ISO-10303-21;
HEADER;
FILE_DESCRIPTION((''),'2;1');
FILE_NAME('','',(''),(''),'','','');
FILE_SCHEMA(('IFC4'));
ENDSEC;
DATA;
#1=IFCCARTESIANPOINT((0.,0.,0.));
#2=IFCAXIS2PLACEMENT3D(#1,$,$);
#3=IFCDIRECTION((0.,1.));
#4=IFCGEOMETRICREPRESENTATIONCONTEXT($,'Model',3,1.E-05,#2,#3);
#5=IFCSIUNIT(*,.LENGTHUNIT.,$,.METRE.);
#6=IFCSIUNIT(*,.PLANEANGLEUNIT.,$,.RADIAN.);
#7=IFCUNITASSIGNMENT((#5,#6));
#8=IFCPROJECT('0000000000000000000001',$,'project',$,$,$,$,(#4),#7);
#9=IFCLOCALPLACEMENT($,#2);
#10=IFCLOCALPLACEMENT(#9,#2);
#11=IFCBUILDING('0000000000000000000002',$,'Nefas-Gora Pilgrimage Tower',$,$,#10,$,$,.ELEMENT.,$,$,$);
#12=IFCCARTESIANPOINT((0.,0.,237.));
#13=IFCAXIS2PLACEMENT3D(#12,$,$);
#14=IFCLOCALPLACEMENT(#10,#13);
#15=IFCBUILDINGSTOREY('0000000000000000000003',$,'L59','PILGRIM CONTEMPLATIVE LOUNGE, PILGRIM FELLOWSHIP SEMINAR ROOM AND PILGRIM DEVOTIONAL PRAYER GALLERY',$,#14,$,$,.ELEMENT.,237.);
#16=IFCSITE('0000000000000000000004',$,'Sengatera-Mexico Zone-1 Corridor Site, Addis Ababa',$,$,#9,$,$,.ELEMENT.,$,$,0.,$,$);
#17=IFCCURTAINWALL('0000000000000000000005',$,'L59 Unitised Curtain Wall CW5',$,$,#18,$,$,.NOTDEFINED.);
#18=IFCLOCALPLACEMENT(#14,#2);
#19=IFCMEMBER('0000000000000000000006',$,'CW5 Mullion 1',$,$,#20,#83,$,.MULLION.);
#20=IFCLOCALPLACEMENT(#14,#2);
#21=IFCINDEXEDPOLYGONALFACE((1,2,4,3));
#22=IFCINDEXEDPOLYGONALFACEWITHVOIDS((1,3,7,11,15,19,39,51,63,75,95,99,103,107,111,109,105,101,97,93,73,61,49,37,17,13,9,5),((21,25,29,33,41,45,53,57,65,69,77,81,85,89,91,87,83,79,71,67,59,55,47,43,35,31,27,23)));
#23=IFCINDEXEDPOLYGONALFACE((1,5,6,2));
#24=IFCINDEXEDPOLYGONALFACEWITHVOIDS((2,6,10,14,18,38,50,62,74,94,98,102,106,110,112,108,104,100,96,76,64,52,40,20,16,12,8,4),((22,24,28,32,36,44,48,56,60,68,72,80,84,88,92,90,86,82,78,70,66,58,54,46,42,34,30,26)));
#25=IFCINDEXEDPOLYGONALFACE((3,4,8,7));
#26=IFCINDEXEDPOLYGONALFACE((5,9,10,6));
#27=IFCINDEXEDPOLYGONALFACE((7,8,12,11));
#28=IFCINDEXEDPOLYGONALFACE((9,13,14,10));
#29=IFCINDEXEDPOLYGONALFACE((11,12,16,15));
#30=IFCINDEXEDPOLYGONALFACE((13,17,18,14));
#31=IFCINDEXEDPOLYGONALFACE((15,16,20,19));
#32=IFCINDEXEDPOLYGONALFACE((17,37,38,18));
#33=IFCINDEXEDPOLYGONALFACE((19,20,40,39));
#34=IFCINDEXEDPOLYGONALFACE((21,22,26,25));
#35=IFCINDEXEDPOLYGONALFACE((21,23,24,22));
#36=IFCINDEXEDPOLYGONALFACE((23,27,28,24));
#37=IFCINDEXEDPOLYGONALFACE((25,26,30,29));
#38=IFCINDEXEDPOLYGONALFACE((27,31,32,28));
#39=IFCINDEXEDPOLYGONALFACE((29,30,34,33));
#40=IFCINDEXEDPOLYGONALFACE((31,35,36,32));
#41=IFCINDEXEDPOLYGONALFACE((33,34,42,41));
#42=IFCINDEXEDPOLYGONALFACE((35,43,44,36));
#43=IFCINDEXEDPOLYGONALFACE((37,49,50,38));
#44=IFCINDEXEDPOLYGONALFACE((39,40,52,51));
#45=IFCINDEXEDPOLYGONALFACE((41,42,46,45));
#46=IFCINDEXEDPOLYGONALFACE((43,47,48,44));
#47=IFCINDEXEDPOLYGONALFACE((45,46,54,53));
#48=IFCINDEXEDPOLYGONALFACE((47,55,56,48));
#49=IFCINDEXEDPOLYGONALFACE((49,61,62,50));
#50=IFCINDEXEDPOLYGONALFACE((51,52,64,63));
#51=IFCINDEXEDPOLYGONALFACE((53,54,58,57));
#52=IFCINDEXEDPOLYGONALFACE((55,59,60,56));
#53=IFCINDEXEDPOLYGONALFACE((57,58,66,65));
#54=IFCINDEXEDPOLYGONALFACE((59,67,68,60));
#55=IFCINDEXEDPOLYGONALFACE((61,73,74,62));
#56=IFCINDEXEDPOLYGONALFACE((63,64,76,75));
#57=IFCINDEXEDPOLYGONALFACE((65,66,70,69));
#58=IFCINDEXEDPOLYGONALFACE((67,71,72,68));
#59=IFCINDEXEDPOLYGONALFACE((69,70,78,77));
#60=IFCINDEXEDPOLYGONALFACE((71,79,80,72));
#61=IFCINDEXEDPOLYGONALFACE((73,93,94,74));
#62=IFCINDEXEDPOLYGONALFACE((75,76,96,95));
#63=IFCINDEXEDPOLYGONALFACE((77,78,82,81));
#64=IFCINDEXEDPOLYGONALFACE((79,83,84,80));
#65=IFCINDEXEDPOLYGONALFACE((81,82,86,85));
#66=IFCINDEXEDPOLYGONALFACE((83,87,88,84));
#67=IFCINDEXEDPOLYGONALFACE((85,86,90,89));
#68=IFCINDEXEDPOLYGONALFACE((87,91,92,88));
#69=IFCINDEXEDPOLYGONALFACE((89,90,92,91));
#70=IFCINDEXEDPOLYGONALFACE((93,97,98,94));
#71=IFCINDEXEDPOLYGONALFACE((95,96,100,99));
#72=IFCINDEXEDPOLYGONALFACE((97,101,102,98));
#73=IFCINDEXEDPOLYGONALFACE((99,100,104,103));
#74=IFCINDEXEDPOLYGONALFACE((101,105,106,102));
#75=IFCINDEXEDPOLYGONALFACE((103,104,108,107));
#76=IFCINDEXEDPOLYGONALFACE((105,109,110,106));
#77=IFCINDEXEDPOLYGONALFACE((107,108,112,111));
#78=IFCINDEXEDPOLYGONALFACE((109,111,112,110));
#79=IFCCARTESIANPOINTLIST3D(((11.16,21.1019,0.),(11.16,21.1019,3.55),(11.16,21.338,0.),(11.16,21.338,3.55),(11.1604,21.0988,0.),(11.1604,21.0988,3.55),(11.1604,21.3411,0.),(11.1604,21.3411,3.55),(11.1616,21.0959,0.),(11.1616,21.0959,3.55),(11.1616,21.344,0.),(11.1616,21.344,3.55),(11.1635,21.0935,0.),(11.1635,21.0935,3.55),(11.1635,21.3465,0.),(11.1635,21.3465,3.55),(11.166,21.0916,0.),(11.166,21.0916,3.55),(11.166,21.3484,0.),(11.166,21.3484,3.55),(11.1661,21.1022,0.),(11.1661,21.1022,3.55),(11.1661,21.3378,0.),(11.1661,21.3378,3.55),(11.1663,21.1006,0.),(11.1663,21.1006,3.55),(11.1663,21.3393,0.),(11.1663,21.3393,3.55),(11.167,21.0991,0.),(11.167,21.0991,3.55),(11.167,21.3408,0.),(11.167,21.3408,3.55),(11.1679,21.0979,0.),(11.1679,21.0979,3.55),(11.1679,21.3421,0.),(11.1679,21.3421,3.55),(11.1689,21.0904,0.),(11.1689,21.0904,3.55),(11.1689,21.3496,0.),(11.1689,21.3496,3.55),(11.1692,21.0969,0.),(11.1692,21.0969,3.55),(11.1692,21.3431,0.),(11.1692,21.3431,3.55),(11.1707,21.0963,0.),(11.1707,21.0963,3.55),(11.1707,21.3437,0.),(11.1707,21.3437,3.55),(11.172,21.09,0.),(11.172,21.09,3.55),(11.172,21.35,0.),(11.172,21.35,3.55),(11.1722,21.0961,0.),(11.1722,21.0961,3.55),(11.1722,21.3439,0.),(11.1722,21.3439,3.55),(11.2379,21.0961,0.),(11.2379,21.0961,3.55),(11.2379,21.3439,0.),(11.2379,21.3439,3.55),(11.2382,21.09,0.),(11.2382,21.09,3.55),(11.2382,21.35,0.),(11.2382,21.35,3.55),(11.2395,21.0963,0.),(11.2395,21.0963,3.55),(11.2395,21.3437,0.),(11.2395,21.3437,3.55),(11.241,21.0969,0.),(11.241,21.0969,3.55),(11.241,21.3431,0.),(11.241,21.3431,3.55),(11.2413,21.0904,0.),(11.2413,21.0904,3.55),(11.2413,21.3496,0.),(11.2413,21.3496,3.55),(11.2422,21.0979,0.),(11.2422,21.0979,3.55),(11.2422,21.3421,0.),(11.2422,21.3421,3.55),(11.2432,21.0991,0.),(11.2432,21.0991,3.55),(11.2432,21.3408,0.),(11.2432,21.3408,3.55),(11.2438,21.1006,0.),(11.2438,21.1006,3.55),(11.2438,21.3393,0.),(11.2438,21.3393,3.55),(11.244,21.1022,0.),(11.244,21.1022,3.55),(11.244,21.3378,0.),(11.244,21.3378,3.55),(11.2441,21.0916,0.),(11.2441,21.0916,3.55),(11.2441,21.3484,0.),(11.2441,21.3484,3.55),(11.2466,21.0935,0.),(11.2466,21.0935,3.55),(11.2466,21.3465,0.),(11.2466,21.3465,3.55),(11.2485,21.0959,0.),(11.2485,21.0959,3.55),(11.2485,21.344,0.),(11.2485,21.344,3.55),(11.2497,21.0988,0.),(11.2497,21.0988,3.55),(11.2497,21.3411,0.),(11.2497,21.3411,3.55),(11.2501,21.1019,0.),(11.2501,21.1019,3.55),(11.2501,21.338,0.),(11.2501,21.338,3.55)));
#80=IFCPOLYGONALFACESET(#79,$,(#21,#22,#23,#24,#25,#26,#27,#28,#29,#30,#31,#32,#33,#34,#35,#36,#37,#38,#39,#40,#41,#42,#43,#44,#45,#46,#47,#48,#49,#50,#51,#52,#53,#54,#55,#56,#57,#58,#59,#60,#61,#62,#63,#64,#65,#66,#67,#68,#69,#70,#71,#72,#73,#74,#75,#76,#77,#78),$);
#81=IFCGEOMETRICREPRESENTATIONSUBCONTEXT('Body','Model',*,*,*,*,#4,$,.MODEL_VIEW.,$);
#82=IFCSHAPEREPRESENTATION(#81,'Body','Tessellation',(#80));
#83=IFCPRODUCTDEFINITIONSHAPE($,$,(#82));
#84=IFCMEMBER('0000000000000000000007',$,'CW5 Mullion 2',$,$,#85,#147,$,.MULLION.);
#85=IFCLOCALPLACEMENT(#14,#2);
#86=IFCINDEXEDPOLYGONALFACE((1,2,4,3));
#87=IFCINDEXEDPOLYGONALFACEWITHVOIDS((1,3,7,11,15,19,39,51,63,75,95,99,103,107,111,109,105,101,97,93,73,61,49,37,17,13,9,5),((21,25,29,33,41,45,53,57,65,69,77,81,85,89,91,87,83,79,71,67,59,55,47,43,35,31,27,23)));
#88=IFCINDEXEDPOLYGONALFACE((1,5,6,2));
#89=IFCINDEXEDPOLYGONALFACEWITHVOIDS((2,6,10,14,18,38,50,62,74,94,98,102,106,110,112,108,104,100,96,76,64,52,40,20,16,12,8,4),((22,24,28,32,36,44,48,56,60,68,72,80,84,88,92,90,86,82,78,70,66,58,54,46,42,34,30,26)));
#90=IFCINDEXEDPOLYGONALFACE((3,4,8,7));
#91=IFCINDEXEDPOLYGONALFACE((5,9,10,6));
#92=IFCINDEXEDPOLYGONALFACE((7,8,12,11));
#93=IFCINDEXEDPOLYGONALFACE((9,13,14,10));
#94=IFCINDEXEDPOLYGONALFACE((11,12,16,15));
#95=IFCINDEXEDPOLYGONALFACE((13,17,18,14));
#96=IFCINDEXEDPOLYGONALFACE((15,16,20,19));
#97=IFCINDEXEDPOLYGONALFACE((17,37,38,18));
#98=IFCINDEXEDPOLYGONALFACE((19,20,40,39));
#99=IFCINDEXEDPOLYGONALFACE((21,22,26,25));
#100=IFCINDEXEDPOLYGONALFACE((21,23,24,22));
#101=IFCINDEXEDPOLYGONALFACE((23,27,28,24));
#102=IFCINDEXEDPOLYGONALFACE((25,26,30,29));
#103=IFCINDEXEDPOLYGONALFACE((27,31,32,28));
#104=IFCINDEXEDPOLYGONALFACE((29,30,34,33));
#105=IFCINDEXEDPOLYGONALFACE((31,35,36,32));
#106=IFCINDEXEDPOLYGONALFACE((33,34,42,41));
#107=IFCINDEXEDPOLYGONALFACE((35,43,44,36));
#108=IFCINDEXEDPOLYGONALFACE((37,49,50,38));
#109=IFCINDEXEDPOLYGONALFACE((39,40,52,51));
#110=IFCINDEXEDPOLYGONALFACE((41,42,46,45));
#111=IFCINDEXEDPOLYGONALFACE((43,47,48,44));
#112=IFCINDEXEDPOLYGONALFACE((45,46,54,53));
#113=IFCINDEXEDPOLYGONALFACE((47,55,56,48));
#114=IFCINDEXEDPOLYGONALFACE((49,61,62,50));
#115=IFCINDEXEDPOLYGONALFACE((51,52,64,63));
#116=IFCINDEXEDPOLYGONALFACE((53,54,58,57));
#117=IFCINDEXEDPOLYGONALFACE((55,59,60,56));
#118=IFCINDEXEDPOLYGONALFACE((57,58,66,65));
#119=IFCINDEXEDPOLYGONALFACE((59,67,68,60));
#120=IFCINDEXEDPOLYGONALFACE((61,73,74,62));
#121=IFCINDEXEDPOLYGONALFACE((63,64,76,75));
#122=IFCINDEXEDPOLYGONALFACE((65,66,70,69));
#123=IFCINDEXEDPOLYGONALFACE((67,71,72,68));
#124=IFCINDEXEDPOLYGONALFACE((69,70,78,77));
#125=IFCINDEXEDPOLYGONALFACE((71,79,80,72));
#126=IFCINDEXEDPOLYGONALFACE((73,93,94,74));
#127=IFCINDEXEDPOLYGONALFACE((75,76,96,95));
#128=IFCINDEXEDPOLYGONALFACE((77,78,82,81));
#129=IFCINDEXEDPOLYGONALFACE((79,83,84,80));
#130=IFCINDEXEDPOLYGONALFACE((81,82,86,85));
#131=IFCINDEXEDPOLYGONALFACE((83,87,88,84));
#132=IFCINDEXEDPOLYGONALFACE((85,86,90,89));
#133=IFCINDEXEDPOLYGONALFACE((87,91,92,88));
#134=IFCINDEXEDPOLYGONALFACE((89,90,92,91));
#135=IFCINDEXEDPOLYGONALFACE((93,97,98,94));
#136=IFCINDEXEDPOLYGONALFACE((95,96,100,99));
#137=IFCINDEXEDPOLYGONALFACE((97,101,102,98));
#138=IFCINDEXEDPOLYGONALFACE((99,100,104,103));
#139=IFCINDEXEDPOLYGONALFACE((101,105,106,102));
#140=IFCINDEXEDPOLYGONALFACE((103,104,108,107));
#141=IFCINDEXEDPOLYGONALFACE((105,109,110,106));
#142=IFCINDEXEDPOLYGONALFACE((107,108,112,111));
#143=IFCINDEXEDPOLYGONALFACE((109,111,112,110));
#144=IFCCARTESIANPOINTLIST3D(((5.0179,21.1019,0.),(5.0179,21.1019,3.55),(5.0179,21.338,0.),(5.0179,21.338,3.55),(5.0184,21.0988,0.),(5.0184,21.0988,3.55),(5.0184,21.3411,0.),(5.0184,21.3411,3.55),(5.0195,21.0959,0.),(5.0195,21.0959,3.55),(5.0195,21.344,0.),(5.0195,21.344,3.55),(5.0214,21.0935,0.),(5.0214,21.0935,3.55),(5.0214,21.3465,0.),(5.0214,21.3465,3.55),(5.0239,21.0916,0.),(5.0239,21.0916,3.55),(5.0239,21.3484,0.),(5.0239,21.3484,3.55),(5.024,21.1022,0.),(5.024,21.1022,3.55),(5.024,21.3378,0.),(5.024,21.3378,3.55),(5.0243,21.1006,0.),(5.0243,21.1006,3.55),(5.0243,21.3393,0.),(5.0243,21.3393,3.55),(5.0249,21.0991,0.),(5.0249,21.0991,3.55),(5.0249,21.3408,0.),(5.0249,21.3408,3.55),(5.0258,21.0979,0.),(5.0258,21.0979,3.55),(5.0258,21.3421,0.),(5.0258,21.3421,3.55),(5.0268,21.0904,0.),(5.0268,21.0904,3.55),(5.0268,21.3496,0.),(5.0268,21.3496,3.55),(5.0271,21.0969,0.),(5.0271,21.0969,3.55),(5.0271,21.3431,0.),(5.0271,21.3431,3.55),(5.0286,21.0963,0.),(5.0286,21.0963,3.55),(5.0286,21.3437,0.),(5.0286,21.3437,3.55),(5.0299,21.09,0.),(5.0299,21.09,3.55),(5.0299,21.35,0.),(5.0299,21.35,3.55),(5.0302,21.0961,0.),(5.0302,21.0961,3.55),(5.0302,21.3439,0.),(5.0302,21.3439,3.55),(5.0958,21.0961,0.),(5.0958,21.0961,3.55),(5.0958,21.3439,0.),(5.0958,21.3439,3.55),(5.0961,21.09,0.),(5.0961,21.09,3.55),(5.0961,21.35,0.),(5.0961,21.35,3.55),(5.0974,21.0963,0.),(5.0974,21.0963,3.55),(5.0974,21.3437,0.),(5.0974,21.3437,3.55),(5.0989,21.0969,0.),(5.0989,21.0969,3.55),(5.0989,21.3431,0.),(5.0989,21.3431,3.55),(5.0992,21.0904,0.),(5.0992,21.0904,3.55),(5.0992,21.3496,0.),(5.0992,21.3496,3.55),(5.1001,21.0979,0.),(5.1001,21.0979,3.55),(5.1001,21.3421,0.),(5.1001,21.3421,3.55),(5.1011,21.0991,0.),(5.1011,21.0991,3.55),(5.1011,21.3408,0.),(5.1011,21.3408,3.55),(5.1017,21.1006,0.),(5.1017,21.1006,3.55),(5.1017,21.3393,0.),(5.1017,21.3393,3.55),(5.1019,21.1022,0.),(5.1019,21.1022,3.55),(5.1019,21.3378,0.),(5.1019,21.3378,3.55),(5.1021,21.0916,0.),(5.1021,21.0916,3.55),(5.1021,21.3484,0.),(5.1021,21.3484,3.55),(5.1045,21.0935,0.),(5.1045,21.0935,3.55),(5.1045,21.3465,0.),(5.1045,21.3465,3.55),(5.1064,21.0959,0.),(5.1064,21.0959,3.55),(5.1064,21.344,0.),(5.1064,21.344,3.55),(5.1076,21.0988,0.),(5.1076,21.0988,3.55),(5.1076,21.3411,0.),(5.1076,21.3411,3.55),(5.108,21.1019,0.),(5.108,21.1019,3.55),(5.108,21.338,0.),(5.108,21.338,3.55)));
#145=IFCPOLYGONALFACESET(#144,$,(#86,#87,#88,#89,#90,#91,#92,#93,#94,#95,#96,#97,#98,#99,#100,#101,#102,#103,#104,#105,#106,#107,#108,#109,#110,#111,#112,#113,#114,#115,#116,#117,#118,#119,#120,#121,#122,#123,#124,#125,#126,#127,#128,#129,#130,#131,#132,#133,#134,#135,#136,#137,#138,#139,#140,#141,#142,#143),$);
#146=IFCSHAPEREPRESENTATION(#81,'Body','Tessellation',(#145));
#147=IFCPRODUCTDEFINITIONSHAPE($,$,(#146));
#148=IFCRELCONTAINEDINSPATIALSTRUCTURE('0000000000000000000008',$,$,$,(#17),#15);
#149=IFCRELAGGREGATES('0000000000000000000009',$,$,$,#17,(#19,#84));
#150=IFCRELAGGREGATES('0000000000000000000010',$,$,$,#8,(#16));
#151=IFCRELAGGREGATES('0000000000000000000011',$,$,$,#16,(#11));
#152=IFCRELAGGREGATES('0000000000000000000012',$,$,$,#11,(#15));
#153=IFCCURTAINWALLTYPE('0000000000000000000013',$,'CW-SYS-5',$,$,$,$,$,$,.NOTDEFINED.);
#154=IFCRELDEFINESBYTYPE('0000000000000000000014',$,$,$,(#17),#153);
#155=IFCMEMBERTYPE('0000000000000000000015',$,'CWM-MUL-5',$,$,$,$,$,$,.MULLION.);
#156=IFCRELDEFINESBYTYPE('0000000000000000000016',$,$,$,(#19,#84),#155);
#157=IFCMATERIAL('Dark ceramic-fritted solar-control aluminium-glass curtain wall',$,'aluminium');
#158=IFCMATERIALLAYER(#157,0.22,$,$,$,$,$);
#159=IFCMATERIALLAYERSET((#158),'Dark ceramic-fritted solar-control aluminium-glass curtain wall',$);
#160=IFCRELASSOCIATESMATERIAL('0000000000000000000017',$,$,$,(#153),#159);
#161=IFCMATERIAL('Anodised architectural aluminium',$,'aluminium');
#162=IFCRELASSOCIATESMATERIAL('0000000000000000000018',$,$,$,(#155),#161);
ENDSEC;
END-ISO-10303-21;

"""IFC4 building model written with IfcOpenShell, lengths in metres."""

from ifc_helpers import new_model, si_unit, direction, frame, origin, origin_2d, place, context, subcontext, project, spatial, hollow_rectangle, extrude, source, transform, mapped, material, layer, layer_set, material_profile, profile_set, type_object, element, aggregate, save


model = new_model("IFC4")

# Units and contexts
model_context = context("Model", 3, precision=1e-05, world=origin(), true_north=direction((0.0, 1.0)))
body_context = subcontext(model_context, "Body", "Model", "MODEL_VIEW")
ifc_project = project(units=[si_unit("LENGTHUNIT", "METRE"), si_unit("PLANEANGLEUNIT", "RADIAN")], contexts=[model_context])

# Site, building, storey
site_placement = place(None, origin())
site = spatial("IfcSite", under=ifc_project, at=site_placement, Name="Sengatera-Mexico Zone-1 Corridor Site, Addis Ababa", CompositionType="ELEMENT", RefElevation=0.0)
building_placement = place(site_placement, origin())
building = spatial("IfcBuilding", under=site, at=building_placement, Name="Nefas-Gora Pilgrimage Tower", CompositionType="ELEMENT")
storey_placement = place(building_placement, frame((0.0, 0.0, 237.0)))
storey = spatial("IfcBuildingStorey", under=building, at=storey_placement, Name="L59", Description="PILGRIM CONTEMPLATIVE LOUNGE, PILGRIM FELLOWSHIP SEMINAR ROOM AND PILGRIM DEVOTIONAL PRAYER GALLERY", CompositionType="ELEMENT", Elevation=237.0)

# Curtain wall, members
ifc_material_1 = material(Name="Dark ceramic-fritted solar-control aluminium-glass curtain wall", Category="aluminium")
ifc_layer_1 = layer(ifc_material_1, 0.22)
ifc_layer_set_1 = layer_set([ifc_layer_1], Name="Dark ceramic-fritted solar-control aluminium-glass curtain wall")
curtain_wall_type = type_object("IfcCurtainWallType", Name="CW-SYS-5", PredefinedType="NOTDEFINED", material=ifc_layer_set_1)
curtain_wall_1_placement = place(storey_placement, origin())
curtain_wall_1 = element("IfcCurtainWall", 1, at=curtain_wall_1_placement, inside=storey, type_object=curtain_wall_type, Name="L59 Unitised Curtain Wall CW5", PredefinedType="NOTDEFINED")
ifc_material_2 = material(Name="Anodised architectural aluminium", Category="aluminium")
ifc_material_profile_1 = material_profile(ifc_material_2, hollow_rectangle(XDim=0.0901, YDim=0.26, WallThickness=0.0061, InnerFilletRadius=0.0061, OuterFilletRadius=0.012, at=origin_2d()), Name="ALU MULLION 90x260")
ifc_profile_set_1 = profile_set([ifc_material_profile_1], Name="Anodised architectural aluminium")
member_type_1 = type_object("IfcMemberType", Name="CWM-MUL-5", PredefinedType="MULLION", material=ifc_profile_set_1)
shared_shape_1 = source(origin(), body_context, "Body", "SweptSolid", [
    extrude(hollow_rectangle(XDim=0.0901, YDim=0.26, WallThickness=0.0061, InnerFilletRadius=0.0061, OuterFilletRadius=0.012, at=origin_2d()), origin(), (0.0, 0.0, 1.0), 3.55),
])
member_1_placement = place(storey_placement, frame((11.2051, 21.22, 0.0), z_axis=(0.0, 0.0, 1.0), x_axis=(-1.0, 0.0, 0.0)))
member_1 = element("IfcMember", 2, at=member_1_placement, type_object=member_type_1, Name="CW5 Mullion 1", PredefinedType="MULLION", context=body_context, shape_type="MappedRepresentation", body=[
    mapped(shared_shape_1, transform((0.0, 0.0, 0.0), x_axis=(1.0, 0.0, 0.0), y_axis=(0.0, 1.0, 0.0), z_axis=(0.0, 0.0, 1.0), scale=1.0)),
])
member_2_placement = place(storey_placement, frame((5.063, 21.22, 0.0), z_axis=(0.0, 0.0, 1.0), x_axis=(-1.0, 0.0, 0.0)))
member_2 = element("IfcMember", 3, at=member_2_placement, type_object=member_type_1, Name="CW5 Mullion 2", PredefinedType="MULLION", context=body_context, shape_type="MappedRepresentation", body=[
    mapped(shared_shape_1, transform((0.0, 0.0, 0.0), x_axis=(1.0, 0.0, 0.0), y_axis=(0.0, 1.0, 0.0), z_axis=(0.0, 0.0, 1.0), scale=1.0)),
])

aggregate(curtain_wall_1, [member_1, member_2])

save(model, "model.ifc")
